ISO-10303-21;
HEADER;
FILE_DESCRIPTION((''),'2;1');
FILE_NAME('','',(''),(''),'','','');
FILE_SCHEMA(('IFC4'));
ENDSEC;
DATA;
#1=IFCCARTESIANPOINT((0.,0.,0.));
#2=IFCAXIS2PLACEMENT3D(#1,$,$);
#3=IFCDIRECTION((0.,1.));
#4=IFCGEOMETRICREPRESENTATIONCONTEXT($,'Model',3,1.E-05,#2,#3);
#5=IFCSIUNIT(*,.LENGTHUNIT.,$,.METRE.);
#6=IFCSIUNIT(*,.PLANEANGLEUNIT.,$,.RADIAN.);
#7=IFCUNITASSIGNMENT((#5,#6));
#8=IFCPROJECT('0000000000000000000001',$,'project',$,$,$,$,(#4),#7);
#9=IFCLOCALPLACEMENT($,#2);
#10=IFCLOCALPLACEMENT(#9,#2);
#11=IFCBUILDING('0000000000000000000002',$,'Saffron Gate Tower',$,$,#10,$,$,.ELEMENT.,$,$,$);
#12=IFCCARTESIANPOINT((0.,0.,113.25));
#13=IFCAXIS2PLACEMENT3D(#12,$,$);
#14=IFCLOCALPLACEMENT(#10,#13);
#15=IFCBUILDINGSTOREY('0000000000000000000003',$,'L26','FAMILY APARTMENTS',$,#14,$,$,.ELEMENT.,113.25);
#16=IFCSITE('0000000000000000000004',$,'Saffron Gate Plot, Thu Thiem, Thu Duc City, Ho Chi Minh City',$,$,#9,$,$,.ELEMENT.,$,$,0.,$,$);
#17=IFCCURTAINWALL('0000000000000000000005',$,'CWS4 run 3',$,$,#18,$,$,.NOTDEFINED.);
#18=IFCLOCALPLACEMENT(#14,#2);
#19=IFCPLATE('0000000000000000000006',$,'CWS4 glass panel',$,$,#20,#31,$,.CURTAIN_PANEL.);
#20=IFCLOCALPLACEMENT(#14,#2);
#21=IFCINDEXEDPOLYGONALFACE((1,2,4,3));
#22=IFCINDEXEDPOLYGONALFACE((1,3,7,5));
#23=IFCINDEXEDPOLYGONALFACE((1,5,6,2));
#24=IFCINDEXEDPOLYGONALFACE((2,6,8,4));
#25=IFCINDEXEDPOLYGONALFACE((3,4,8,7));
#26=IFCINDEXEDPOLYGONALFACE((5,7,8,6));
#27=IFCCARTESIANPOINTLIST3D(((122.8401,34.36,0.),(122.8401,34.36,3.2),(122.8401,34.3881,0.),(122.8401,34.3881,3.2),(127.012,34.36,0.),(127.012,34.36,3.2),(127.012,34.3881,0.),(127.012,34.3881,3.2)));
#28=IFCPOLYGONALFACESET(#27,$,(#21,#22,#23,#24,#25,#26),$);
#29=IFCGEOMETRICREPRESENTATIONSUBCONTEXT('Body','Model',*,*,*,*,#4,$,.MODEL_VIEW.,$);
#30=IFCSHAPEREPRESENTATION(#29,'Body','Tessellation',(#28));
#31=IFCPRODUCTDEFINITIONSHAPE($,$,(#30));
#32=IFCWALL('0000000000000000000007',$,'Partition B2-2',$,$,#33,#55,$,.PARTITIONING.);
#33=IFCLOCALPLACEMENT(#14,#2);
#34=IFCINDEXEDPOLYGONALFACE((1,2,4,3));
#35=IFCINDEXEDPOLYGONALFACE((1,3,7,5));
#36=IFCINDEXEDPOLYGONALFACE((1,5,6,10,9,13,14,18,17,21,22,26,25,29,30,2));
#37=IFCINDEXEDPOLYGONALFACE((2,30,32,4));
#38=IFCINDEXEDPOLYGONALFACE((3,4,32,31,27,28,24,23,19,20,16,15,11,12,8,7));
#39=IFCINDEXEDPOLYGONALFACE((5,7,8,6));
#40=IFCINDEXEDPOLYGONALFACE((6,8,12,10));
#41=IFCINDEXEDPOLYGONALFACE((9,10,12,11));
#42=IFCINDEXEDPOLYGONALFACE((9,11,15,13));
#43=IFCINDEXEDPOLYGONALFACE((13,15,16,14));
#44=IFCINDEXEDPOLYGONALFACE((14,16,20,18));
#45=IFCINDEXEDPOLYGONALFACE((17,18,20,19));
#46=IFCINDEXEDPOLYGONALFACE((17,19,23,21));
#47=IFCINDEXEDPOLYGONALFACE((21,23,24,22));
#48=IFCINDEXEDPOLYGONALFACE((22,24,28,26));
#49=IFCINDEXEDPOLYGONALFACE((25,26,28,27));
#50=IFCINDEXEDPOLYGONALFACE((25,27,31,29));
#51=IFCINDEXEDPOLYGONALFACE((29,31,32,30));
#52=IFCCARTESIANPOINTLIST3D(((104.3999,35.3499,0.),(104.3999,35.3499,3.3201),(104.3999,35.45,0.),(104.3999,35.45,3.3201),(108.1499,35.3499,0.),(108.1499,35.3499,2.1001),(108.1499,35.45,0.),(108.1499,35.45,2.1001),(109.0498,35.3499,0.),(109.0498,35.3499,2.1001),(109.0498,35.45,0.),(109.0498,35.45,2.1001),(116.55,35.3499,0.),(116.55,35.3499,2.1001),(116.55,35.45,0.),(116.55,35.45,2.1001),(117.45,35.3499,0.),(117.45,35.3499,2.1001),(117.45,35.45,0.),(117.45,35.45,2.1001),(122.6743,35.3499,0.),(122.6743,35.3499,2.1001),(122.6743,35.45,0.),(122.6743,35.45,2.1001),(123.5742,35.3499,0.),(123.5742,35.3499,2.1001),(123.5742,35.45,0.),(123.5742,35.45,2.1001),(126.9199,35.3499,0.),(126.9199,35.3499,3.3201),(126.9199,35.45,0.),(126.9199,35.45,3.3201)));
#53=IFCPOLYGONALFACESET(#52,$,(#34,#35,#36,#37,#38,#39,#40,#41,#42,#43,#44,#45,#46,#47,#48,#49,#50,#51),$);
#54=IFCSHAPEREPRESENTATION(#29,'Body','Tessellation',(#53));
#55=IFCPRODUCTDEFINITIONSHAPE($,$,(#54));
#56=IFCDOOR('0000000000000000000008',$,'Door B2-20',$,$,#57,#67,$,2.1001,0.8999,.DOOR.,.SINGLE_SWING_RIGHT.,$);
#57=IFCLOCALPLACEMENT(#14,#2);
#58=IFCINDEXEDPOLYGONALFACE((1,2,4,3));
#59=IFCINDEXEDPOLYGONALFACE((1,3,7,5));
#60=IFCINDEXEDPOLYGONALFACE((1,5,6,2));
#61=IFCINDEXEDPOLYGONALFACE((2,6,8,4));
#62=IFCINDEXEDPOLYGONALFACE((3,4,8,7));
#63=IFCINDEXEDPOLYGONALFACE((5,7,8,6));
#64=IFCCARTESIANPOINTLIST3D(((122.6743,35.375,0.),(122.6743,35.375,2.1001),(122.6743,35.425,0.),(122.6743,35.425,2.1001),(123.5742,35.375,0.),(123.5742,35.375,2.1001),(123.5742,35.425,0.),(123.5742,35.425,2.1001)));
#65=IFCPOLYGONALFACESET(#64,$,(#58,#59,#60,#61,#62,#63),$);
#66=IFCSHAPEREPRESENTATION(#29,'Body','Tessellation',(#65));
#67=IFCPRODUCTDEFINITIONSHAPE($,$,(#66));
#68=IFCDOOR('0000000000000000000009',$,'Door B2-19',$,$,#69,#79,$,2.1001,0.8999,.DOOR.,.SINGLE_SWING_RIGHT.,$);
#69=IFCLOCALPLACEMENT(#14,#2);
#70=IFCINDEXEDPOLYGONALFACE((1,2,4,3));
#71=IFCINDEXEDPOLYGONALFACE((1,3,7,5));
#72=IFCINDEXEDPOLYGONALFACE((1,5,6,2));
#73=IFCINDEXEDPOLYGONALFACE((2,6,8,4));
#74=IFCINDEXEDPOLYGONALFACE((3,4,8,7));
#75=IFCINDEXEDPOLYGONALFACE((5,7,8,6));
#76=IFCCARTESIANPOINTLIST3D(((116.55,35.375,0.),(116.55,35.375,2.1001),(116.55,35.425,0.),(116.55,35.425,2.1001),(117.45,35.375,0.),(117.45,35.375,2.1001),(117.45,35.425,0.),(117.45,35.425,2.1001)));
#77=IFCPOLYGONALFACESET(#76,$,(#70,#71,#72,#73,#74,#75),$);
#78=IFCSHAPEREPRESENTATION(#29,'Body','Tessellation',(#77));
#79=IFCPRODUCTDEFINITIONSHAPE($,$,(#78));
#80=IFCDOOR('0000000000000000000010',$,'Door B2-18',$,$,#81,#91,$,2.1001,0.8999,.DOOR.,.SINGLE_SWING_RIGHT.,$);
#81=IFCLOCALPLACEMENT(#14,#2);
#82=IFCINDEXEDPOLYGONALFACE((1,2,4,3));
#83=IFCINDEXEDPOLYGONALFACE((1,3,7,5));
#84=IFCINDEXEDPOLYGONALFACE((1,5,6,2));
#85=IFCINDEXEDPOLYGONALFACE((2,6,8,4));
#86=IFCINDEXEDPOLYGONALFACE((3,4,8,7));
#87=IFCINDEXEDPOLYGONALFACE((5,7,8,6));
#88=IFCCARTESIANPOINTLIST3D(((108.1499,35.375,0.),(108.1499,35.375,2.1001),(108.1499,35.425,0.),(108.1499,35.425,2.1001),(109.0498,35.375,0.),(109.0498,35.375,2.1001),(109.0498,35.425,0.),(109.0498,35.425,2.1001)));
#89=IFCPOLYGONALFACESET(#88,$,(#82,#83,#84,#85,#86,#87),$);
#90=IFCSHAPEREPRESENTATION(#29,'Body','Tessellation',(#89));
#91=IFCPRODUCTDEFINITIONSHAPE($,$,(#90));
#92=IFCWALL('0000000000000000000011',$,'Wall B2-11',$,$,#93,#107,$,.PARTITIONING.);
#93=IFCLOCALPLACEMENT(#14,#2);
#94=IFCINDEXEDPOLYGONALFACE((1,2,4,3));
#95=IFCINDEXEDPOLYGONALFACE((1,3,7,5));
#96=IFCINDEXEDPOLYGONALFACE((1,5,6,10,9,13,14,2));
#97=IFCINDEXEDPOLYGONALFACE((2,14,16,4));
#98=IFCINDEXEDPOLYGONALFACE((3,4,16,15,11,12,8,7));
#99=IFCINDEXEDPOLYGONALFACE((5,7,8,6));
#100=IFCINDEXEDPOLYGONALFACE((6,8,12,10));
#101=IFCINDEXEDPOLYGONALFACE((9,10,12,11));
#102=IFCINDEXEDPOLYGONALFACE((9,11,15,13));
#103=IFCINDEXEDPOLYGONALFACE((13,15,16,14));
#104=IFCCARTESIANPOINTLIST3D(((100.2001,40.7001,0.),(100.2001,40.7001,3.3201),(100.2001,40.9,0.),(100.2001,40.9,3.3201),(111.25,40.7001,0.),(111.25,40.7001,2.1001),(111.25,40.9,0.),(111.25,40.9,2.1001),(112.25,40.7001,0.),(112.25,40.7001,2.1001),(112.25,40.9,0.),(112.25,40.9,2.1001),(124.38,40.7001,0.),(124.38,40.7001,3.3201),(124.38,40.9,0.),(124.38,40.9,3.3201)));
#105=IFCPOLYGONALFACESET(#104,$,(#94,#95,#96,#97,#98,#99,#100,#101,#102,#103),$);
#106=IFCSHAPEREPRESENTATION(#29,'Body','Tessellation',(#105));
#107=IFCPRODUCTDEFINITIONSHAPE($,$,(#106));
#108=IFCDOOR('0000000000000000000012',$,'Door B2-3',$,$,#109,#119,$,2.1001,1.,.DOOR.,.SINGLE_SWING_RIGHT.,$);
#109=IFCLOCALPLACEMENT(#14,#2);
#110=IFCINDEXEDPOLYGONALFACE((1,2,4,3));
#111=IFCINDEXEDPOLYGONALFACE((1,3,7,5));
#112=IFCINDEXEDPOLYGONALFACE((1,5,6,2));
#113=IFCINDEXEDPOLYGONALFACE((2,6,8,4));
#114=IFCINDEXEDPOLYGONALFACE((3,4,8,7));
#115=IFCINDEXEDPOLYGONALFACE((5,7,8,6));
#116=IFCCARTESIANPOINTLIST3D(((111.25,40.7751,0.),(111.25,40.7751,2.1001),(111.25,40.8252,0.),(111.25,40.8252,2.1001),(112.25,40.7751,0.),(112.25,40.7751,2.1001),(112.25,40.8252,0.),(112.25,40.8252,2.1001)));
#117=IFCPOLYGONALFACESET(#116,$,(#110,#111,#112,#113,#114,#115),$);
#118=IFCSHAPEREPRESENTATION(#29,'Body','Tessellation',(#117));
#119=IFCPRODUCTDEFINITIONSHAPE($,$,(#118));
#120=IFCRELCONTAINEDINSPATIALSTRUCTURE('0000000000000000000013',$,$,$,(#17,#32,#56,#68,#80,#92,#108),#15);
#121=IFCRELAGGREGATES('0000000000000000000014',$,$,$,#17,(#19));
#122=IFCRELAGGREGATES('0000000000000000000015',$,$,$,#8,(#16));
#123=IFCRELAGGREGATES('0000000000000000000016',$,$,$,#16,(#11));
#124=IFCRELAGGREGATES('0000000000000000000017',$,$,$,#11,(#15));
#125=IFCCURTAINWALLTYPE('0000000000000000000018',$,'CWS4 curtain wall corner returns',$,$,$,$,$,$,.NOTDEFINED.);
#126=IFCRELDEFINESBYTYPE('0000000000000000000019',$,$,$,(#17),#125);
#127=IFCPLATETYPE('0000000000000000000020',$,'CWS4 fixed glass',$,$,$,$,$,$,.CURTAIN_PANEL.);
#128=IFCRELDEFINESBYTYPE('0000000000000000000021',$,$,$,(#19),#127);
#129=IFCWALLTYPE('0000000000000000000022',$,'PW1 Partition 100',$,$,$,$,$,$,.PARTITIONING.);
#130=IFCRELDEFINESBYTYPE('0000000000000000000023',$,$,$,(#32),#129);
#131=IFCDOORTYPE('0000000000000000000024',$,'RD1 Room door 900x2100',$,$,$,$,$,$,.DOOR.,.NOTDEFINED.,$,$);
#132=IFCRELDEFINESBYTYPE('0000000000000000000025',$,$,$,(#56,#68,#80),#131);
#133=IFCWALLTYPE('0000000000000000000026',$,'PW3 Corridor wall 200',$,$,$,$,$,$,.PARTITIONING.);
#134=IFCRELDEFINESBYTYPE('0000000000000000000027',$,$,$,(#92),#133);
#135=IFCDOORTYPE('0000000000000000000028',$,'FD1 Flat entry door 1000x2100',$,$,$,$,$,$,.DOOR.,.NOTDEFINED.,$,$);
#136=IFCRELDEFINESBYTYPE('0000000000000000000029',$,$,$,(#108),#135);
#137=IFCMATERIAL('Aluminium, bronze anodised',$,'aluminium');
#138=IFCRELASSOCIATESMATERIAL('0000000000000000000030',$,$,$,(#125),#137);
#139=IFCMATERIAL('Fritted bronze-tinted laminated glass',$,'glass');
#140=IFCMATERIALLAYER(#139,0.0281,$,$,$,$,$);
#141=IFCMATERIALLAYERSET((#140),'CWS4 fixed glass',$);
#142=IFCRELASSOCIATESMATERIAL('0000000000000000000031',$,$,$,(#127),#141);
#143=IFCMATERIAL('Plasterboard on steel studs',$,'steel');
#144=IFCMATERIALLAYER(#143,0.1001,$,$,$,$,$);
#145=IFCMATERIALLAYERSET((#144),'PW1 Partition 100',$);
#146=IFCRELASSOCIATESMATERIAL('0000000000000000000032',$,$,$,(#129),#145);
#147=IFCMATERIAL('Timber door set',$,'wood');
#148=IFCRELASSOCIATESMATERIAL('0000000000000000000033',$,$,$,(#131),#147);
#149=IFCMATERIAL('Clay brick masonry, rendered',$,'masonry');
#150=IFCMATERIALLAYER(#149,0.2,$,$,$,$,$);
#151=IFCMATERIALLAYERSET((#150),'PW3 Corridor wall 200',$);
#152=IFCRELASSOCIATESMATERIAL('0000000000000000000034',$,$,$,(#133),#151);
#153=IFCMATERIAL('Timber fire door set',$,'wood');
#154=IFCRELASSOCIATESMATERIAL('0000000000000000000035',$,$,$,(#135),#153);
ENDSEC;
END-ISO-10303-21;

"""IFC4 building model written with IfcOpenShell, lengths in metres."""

from ifc_helpers import new_model, si_unit, direction, frame, frame_2d, origin, place, context, subcontext, project, spatial, rectangle, extrude, material, layer, layer_set, type_object, element, fill, aggregate, save


model = new_model("IFC4")

# Units and contexts
model_context = context("Model", 3, precision=1e-05, world=origin(), true_north=direction((0.0, 1.0)))
body_context = subcontext(model_context, "Body", "Model", "MODEL_VIEW")
ifc_project = project(units=[si_unit("LENGTHUNIT", "METRE"), si_unit("PLANEANGLEUNIT", "RADIAN")], contexts=[model_context])

# Site, building, storey
site_placement = place(None, origin())
site = spatial("IfcSite", under=ifc_project, at=site_placement, Name="Saffron Gate Plot, Thu Thiem, Thu Duc City, Ho Chi Minh City", CompositionType="ELEMENT", RefElevation=0.0)
building_placement = place(site_placement, origin())
building = spatial("IfcBuilding", under=site, at=building_placement, Name="Saffron Gate Tower", CompositionType="ELEMENT")
storey_placement = place(building_placement, frame((0.0, 0.0, 113.25)))
storey = spatial("IfcBuildingStorey", under=building, at=storey_placement, Name="L26", Description="FAMILY APARTMENTS", CompositionType="ELEMENT", Elevation=113.25)

# Shared definitions
ifc_material_1 = material(Name="Aluminium, bronze anodised", Category="aluminium")

# Curtain wall
curtain_wall_type_1 = type_object("IfcCurtainWallType", Name="CWS4 curtain wall corner returns", PredefinedType="NOTDEFINED", material=ifc_material_1)
curtain_wall_1_placement = place(storey_placement, origin())
curtain_wall_1 = element("IfcCurtainWall", 1, at=curtain_wall_1_placement, inside=storey, type_object=curtain_wall_type_1, Name="CWS4 run 3", PredefinedType="NOTDEFINED")

# Shared definitions
ifc_material_2 = material(Name="Fritted bronze-tinted laminated glass", Category="glass")

# Plate
ifc_layer_1 = layer(ifc_material_2, 0.0281)
ifc_layer_set_1 = layer_set([ifc_layer_1], Name="CWS4 fixed glass")
plate_type_1 = type_object("IfcPlateType", Name="CWS4 fixed glass", PredefinedType="CURTAIN_PANEL", material=ifc_layer_set_1)
plate_1_placement = place(storey_placement, frame((122.8401, 34.374, 0.0), z_axis=(0.0, 0.0, 1.0), x_axis=(1.0, 0.0, 0.0)))
plate_1 = element("IfcPlate", 2, at=plate_1_placement, type_object=plate_type_1, Name="CWS4 glass panel", PredefinedType="CURTAIN_PANEL", context=body_context, shape_type="SweptSolid", body=[
    extrude(rectangle(XDim=4.1719, YDim=0.0281, at=frame_2d((2.0859, 0.0))), origin(), (0.0, 0.0, 1.0), 3.2),
])
aggregate(curtain_wall_1, [plate_1])

# Wall, openings, doors
ifc_material_3 = material(Name="Plasterboard on steel studs", Category="steel")
ifc_layer_2 = layer(ifc_material_3, 0.1001)
ifc_layer_set_2 = layer_set([ifc_layer_2], Name="PW1 Partition 100")
wall_type_1 = type_object("IfcWallType", Name="PW1 Partition 100", PredefinedType="PARTITIONING", material=ifc_layer_set_2)
wall_1_placement = place(storey_placement, frame((126.9199, 35.3999, 0.0), z_axis=(0.0, 0.0, 1.0), x_axis=(-1.0, 0.0, 0.0)))
wall_1 = element("IfcWall", 3, at=wall_1_placement, inside=storey, type_object=wall_type_1, Name="Partition B2-2", PredefinedType="PARTITIONING", context=body_context, shape_type="SweptSolid", body=[
    extrude(rectangle(XDim=22.52, YDim=0.1001, at=frame_2d((11.26, 0.0))), origin(), (0.0, 0.0, 1.0), 3.3201),
])
opening_1_placement = place(wall_1_placement, frame((3.3457, 0.0, 0.0)))
opening_1 = element("IfcOpeningElement", 4, at=opening_1_placement, cuts=wall_1, PredefinedType="OPENING", context=body_context, shape_type="SweptSolid", body=[
    extrude(rectangle(XDim=0.8999, YDim=2.1001, at=frame_2d((0.45, 1.05))), frame((0.0, 0.0601, 0.0), z_axis=(0.0, -1.0, 0.0), x_axis=(1.0, 0.0, 0.0)), (0.0, 0.0, 1.0), 0.1201),
])
opening_2_placement = place(wall_1_placement, frame((9.47, 0.0, 0.0)))
opening_2 = element("IfcOpeningElement", 5, at=opening_2_placement, cuts=wall_1, PredefinedType="OPENING", context=body_context, shape_type="SweptSolid", body=[
    extrude(rectangle(XDim=0.8999, YDim=2.1001, at=frame_2d((0.45, 1.05))), frame((0.0, 0.0601, 0.0), z_axis=(0.0, -1.0, 0.0), x_axis=(1.0, 0.0, 0.0)), (0.0, 0.0, 1.0), 0.1201),
])
opening_3_placement = place(wall_1_placement, frame((17.8701, 0.0, 0.0)))
opening_3 = element("IfcOpeningElement", 6, at=opening_3_placement, cuts=wall_1, PredefinedType="OPENING", context=body_context, shape_type="SweptSolid", body=[
    extrude(rectangle(XDim=0.8999, YDim=2.1001, at=frame_2d((0.45, 1.05))), frame((0.0, 0.0601, 0.0), z_axis=(0.0, -1.0, 0.0), x_axis=(1.0, 0.0, 0.0)), (0.0, 0.0, 1.0), 0.1201),
])
ifc_material_4 = material(Name="Timber door set", Category="wood")
door_type_1 = type_object("IfcDoorType", Name="RD1 Room door 900x2100", OperationType="NOTDEFINED", PredefinedType="DOOR", material=ifc_material_4)
door_1_placement = place(opening_1_placement, origin())
door_1 = element("IfcDoor", 7, at=door_1_placement, inside=storey, type_object=door_type_1, Name="Door B2-20", OperationType="SINGLE_SWING_RIGHT", OverallHeight=2.1001, OverallWidth=0.8999, PredefinedType="DOOR", context=body_context, shape_type="SweptSolid", body=[
    extrude(rectangle(XDim=0.8999, YDim=2.1001, at=frame_2d((0.45, 1.05))), frame((0.0, 0.0249, 0.0), z_axis=(0.0, -1.0, 0.0), x_axis=(1.0, 0.0, 0.0)), (0.0, 0.0, 1.0), 0.05),
])
fill(opening_1, door_1)
door_2_placement = place(opening_2_placement, origin())
door_2 = element("IfcDoor", 8, at=door_2_placement, inside=storey, type_object=door_type_1, Name="Door B2-19", OperationType="SINGLE_SWING_RIGHT", OverallHeight=2.1001, OverallWidth=0.8999, PredefinedType="DOOR", context=body_context, shape_type="SweptSolid", body=[
    extrude(rectangle(XDim=0.8999, YDim=2.1001, at=frame_2d((0.45, 1.05))), frame((0.0, 0.0249, 0.0), z_axis=(0.0, -1.0, 0.0), x_axis=(1.0, 0.0, 0.0)), (0.0, 0.0, 1.0), 0.05),
])
fill(opening_2, door_2)
door_3_placement = place(opening_3_placement, origin())
door_3 = element("IfcDoor", 9, at=door_3_placement, inside=storey, type_object=door_type_1, Name="Door B2-18", OperationType="SINGLE_SWING_RIGHT", OverallHeight=2.1001, OverallWidth=0.8999, PredefinedType="DOOR", context=body_context, shape_type="SweptSolid", body=[
    extrude(rectangle(XDim=0.8999, YDim=2.1001, at=frame_2d((0.45, 1.05))), frame((0.0, 0.0249, 0.0), z_axis=(0.0, -1.0, 0.0), x_axis=(1.0, 0.0, 0.0)), (0.0, 0.0, 1.0), 0.05),
])
fill(opening_3, door_3)

# Wall, opening, door
ifc_material_5 = material(Name="Clay brick masonry, rendered", Category="masonry")
ifc_layer_3 = layer(ifc_material_5, 0.2)
ifc_layer_set_3 = layer_set([ifc_layer_3], Name="PW3 Corridor wall 200")
wall_type_2 = type_object("IfcWallType", Name="PW3 Corridor wall 200", PredefinedType="PARTITIONING", material=ifc_layer_set_3)
wall_2_placement = place(storey_placement, frame((124.3799, 40.8, 0.0), z_axis=(0.0, 0.0, 1.0), x_axis=(-1.0, 0.0, 0.0)))
wall_2 = element("IfcWall", 10, at=wall_2_placement, inside=storey, type_object=wall_type_2, Name="Wall B2-11", PredefinedType="PARTITIONING", context=body_context, shape_type="SweptSolid", body=[
    extrude(rectangle(XDim=24.1799, YDim=0.2, at=frame_2d((12.0898, 0.0))), origin(), (0.0, 0.0, 1.0), 3.3201),
])
opening_4_placement = place(wall_2_placement, frame((12.1299, 0.0, 0.0)))
opening_4 = element("IfcOpeningElement", 11, at=opening_4_placement, cuts=wall_2, PredefinedType="OPENING", context=body_context, shape_type="SweptSolid", body=[
    extrude(rectangle(XDim=1.0, YDim=2.1001, at=frame_2d((0.5, 1.05))), frame((0.0, 0.1099, 0.0), z_axis=(0.0, -1.0, 0.0), x_axis=(1.0, 0.0, 0.0)), (0.0, 0.0, 1.0), 0.22),
])
ifc_material_6 = material(Name="Timber fire door set", Category="wood")
door_type_2 = type_object("IfcDoorType", Name="FD1 Flat entry door 1000x2100", OperationType="NOTDEFINED", PredefinedType="DOOR", material=ifc_material_6)
door_4_placement = place(opening_4_placement, origin())
door_4 = element("IfcDoor", 12, at=door_4_placement, inside=storey, type_object=door_type_2, Name="Door B2-3", OperationType="SINGLE_SWING_RIGHT", OverallHeight=2.1001, OverallWidth=1.0, PredefinedType="DOOR", context=body_context, shape_type="SweptSolid", body=[
    extrude(rectangle(XDim=1.0, YDim=2.1001, at=frame_2d((0.5, 1.05))), frame((0.0, 0.0249, 0.0), z_axis=(0.0, -1.0, 0.0), x_axis=(1.0, 0.0, 0.0)), (0.0, 0.0, 1.0), 0.05),
])
fill(opening_4, door_4)

save(model, "model.ifc")
